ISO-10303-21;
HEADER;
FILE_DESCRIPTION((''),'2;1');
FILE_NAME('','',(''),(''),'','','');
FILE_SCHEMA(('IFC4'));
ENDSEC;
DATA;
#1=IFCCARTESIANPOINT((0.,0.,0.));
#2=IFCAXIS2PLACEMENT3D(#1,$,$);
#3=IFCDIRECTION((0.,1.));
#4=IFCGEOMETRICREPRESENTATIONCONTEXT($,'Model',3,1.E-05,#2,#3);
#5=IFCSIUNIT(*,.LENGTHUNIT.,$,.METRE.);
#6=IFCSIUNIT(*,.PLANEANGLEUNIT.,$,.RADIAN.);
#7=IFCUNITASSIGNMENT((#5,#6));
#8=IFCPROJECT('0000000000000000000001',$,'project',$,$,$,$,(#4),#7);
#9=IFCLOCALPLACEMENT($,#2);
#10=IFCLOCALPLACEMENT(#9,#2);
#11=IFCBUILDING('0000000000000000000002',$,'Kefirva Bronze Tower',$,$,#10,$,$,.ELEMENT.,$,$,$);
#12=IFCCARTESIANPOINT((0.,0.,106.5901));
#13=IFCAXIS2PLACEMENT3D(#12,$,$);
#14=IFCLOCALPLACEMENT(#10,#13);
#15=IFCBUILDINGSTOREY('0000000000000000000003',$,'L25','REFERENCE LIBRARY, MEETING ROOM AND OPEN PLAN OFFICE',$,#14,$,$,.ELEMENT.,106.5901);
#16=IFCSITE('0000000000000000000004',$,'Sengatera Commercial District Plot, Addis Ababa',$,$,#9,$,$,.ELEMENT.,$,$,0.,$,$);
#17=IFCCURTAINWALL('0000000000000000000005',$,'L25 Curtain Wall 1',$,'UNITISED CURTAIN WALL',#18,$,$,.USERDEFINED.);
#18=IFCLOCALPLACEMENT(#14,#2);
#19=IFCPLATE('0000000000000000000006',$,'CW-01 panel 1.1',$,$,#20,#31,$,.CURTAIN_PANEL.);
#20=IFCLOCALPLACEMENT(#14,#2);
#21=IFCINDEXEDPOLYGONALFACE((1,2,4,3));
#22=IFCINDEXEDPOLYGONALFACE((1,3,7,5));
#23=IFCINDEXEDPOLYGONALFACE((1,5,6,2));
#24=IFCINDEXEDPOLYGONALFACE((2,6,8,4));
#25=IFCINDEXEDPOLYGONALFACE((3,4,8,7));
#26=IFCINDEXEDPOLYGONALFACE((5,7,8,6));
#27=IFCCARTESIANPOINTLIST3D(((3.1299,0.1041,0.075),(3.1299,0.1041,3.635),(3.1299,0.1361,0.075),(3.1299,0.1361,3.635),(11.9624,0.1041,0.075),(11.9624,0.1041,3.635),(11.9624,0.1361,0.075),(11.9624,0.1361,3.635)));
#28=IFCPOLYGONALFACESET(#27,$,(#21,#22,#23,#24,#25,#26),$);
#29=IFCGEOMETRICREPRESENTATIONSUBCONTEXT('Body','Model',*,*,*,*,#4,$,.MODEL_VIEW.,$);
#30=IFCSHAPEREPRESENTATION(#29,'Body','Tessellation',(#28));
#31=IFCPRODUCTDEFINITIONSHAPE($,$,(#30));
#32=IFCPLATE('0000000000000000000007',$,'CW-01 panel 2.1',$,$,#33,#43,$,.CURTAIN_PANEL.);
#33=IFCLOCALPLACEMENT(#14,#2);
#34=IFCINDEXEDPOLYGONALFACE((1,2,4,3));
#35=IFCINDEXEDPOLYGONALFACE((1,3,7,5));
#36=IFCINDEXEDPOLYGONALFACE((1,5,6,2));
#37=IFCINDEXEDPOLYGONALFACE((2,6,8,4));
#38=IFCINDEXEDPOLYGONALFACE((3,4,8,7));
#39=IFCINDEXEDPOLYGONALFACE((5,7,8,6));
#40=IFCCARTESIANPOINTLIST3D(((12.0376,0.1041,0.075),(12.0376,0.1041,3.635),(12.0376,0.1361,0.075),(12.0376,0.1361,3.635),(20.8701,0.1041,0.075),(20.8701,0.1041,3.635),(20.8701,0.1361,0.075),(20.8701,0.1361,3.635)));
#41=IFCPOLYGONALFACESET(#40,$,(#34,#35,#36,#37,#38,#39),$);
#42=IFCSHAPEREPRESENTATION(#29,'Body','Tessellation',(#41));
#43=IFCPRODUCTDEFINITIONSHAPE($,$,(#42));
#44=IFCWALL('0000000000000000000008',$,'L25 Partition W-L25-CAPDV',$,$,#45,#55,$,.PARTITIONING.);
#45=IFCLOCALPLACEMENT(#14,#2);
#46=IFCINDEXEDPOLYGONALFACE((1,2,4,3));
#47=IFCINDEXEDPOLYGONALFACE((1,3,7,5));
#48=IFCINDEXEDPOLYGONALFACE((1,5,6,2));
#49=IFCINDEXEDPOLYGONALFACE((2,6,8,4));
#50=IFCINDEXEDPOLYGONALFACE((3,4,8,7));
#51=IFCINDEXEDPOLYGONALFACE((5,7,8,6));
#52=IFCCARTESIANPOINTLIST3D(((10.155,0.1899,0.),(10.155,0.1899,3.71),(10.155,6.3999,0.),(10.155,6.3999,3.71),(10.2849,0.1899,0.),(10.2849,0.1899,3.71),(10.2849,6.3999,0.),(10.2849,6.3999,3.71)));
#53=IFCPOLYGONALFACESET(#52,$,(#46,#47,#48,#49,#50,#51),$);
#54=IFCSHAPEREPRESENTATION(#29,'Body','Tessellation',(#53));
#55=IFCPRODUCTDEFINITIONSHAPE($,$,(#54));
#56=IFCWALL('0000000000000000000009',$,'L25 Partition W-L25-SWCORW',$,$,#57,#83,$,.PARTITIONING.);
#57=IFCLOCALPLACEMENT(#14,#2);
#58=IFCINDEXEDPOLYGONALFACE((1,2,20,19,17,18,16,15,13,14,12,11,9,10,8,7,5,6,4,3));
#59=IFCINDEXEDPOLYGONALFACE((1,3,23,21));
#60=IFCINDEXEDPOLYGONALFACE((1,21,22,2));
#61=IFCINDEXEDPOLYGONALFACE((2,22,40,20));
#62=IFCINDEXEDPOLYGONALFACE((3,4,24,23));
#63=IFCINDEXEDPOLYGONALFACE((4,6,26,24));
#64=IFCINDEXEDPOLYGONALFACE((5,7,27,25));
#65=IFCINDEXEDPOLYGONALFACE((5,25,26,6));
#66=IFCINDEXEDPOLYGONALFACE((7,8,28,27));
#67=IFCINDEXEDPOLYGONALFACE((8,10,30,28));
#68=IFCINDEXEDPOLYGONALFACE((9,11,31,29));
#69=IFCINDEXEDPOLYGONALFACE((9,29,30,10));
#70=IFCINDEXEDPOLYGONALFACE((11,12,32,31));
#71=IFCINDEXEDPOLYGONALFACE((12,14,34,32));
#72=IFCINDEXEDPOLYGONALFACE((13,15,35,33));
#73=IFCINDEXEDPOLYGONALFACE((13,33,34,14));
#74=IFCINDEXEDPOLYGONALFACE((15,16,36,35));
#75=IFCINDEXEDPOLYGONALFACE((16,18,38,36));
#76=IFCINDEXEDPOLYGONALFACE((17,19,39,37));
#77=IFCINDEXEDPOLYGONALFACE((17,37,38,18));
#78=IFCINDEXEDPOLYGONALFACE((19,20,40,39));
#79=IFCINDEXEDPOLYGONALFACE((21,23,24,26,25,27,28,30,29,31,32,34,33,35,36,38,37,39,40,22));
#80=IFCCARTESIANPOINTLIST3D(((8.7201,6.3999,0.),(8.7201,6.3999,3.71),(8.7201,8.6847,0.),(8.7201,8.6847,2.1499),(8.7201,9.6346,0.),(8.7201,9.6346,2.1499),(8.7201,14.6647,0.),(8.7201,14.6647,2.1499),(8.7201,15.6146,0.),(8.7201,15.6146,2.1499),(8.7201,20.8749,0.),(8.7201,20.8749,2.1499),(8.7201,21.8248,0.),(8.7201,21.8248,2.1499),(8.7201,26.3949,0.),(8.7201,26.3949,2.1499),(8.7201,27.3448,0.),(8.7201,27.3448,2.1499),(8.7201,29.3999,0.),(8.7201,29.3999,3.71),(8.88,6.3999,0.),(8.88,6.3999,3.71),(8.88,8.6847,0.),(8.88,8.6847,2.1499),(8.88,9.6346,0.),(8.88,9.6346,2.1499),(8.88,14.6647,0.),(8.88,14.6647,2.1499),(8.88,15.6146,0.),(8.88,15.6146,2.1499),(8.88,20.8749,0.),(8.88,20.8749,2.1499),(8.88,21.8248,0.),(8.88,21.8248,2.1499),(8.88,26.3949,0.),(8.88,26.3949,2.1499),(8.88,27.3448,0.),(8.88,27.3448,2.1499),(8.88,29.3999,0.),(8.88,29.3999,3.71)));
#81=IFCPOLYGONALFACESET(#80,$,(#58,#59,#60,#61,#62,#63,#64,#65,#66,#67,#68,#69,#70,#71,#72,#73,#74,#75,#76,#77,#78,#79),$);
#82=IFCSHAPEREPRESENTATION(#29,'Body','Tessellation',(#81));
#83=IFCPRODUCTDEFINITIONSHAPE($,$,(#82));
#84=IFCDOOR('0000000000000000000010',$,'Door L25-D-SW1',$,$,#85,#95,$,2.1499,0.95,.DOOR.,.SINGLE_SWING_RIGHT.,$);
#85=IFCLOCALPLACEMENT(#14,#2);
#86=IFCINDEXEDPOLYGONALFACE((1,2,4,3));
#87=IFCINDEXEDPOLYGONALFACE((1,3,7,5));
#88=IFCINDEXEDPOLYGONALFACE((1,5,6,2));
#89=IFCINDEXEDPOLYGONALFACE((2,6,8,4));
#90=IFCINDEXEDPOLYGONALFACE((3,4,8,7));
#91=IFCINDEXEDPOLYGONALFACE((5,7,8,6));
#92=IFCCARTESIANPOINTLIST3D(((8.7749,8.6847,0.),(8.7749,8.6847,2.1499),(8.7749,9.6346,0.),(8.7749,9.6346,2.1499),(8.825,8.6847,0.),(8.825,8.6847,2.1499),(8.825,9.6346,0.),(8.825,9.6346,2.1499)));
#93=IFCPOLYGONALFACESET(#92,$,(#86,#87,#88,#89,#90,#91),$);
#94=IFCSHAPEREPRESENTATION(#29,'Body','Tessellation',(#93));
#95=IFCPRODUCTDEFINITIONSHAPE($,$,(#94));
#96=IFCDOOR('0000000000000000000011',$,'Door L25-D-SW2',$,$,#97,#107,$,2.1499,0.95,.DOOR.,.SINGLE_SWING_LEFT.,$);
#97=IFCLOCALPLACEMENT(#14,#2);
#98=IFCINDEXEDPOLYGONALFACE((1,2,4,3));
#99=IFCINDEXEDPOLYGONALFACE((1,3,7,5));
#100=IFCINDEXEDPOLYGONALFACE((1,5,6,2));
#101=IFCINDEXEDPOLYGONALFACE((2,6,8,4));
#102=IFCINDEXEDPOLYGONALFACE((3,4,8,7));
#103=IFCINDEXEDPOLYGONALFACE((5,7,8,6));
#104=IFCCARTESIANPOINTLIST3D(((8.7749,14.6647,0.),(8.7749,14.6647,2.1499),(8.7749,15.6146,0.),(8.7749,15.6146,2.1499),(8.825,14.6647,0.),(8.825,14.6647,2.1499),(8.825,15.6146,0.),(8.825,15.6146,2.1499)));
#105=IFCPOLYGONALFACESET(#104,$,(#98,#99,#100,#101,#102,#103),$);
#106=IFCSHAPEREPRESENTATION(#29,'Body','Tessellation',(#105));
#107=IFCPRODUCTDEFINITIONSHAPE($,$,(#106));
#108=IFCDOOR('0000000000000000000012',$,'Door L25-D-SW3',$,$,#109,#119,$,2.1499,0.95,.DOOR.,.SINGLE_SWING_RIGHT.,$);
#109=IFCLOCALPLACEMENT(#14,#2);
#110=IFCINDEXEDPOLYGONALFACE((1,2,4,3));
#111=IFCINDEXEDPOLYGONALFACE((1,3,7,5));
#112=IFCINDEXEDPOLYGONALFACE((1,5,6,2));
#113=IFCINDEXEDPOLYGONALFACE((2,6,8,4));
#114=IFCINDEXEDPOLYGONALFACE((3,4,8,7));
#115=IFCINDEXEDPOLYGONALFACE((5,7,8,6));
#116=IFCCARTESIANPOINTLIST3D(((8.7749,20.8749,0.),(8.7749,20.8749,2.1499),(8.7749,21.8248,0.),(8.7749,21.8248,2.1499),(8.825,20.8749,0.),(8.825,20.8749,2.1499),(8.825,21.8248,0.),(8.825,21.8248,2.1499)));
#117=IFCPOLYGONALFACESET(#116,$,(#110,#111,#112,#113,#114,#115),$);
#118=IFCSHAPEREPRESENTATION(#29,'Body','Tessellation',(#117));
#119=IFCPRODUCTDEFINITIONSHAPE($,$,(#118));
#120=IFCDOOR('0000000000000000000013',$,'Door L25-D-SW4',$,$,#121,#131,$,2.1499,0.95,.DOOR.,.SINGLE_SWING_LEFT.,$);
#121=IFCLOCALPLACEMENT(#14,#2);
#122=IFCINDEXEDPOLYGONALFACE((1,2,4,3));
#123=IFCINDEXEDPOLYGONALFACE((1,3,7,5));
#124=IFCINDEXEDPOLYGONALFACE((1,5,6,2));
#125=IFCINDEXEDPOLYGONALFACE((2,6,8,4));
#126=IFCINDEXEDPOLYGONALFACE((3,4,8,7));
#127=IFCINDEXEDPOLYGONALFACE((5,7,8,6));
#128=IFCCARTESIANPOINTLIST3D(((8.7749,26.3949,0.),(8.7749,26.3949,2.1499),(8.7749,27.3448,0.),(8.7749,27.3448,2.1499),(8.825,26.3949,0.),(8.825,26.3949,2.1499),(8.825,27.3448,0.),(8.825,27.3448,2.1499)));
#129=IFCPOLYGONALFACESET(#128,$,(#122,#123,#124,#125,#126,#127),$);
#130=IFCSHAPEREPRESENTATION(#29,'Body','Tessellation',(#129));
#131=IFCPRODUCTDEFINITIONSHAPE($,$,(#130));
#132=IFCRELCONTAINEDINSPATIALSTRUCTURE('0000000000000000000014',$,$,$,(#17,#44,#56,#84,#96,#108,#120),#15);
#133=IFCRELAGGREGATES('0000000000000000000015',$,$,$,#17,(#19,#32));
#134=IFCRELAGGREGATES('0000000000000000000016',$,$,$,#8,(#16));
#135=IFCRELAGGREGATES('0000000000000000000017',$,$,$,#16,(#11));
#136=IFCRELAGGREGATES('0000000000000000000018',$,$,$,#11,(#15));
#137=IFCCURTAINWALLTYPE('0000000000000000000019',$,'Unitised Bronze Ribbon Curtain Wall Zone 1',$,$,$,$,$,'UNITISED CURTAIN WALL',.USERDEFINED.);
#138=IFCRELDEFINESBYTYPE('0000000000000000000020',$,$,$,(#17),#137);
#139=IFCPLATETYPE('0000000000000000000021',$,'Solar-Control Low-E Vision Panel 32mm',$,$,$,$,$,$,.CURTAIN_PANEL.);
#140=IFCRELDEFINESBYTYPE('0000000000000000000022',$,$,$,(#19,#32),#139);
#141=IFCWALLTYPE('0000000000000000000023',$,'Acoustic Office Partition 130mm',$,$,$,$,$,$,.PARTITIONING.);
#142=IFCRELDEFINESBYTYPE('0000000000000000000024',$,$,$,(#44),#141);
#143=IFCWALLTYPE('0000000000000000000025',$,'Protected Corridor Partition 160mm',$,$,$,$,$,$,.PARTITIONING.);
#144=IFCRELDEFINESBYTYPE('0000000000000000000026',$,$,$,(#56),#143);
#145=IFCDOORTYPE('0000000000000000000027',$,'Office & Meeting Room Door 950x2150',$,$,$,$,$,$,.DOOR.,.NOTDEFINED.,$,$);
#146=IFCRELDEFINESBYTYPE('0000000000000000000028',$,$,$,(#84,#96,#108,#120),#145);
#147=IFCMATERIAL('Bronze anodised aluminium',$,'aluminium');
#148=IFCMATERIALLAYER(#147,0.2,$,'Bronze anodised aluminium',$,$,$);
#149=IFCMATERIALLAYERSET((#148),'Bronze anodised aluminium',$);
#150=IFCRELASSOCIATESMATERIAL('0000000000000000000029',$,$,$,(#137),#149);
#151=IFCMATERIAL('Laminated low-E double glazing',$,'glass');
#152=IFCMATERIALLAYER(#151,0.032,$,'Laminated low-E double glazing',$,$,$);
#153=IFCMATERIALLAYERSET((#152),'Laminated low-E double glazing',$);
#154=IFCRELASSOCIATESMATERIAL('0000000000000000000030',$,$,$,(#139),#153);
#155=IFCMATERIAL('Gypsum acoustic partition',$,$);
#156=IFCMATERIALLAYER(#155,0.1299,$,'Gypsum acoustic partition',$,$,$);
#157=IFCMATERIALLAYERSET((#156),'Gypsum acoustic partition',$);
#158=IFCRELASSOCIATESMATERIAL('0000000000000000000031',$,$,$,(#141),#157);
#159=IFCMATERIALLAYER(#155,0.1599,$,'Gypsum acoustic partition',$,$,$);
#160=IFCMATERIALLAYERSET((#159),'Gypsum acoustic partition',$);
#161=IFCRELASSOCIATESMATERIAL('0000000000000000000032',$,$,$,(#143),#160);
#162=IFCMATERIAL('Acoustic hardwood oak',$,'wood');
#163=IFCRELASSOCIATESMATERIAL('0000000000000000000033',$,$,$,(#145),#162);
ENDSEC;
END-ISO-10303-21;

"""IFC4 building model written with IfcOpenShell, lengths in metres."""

from ifc_helpers import new_model, si_unit, direction, frame, frame_2d, origin, origin_2d, place, context, subcontext, project, spatial, rectangle, extrude, material, layer, layer_set, type_object, element, fill, aggregate, save


model = new_model("IFC4")

# Units and contexts
model_context = context("Model", 3, precision=1e-05, world=origin(), true_north=direction((0.0, 1.0)))
body_context = subcontext(model_context, "Body", "Model", "MODEL_VIEW")
ifc_project = project(units=[si_unit("LENGTHUNIT", "METRE"), si_unit("PLANEANGLEUNIT", "RADIAN")], contexts=[model_context])

# Site, building, storey
site_placement = place(None, origin())
site = spatial("IfcSite", under=ifc_project, at=site_placement, Name="Sengatera Commercial District Plot, Addis Ababa", CompositionType="ELEMENT", RefElevation=0.0)
building_placement = place(site_placement, origin())
building = spatial("IfcBuilding", under=site, at=building_placement, Name="Kefirva Bronze Tower", CompositionType="ELEMENT")
storey_placement = place(building_placement, frame((0.0, 0.0, 106.5901)))
storey = spatial("IfcBuildingStorey", under=building, at=storey_placement, Name="L25", Description="REFERENCE LIBRARY, MEETING ROOM AND OPEN PLAN OFFICE", CompositionType="ELEMENT", Elevation=106.5901)

# Curtain wall
ifc_material_1 = material(Name="Bronze anodised aluminium", Category="aluminium")
ifc_layer_1 = layer(ifc_material_1, 0.2, Name="Bronze anodised aluminium")
ifc_layer_set_1 = layer_set([ifc_layer_1], Name="Bronze anodised aluminium")
curtain_wall_type = type_object("IfcCurtainWallType", Name="Unitised Bronze Ribbon Curtain Wall Zone 1", ElementType="UNITISED CURTAIN WALL", PredefinedType="USERDEFINED", material=ifc_layer_set_1)
curtain_wall_placement = place(storey_placement, origin())
curtain_wall = element("IfcCurtainWall", 1, at=curtain_wall_placement, inside=storey, type_object=curtain_wall_type, Name="L25 Curtain Wall 1", ObjectType="UNITISED CURTAIN WALL", PredefinedType="USERDEFINED")

# Plates
ifc_material_2 = material(Name="Laminated low-E double glazing", Category="glass")
ifc_layer_2 = layer(ifc_material_2, 0.032, Name="Laminated low-E double glazing")
ifc_layer_set_2 = layer_set([ifc_layer_2], Name="Laminated low-E double glazing")
plate_type = type_object("IfcPlateType", Name="Solar-Control Low-E Vision Panel 32mm", PredefinedType="CURTAIN_PANEL", material=ifc_layer_set_2)
plate_1_placement = place(storey_placement, frame((7.5461, 0.1201, 0.075), z_axis=(0.0, 0.0, 1.0), x_axis=(1.0, 0.0, 0.0)))
plate_1 = element("IfcPlate", 2, at=plate_1_placement, type_object=plate_type, Name="CW-01 panel 1.1", PredefinedType="CURTAIN_PANEL", context=body_context, shape_type="SweptSolid", body=[
    extrude(rectangle(XDim=8.8325, YDim=0.032, at=origin_2d()), origin(), (0.0, 0.0, 1.0), 3.5601),
])
plate_2_placement = place(storey_placement, frame((16.4539, 0.1201, 0.075), z_axis=(0.0, 0.0, 1.0), x_axis=(1.0, 0.0, 0.0)))
plate_2 = element("IfcPlate", 3, at=plate_2_placement, type_object=plate_type, Name="CW-01 panel 2.1", PredefinedType="CURTAIN_PANEL", context=body_context, shape_type="SweptSolid", body=[
    extrude(rectangle(XDim=8.8325, YDim=0.032, at=origin_2d()), origin(), (0.0, 0.0, 1.0), 3.5601),
])
aggregate(curtain_wall, [plate_1, plate_2])

# Wall
ifc_material_3 = material(Name="Gypsum acoustic partition")
ifc_layer_3 = layer(ifc_material_3, 0.1299, Name="Gypsum acoustic partition")
ifc_layer_set_3 = layer_set([ifc_layer_3], Name="Gypsum acoustic partition")
wall_type_1 = type_object("IfcWallType", Name="Acoustic Office Partition 130mm", PredefinedType="PARTITIONING", material=ifc_layer_set_3)
wall_1_placement = place(storey_placement, frame((10.22, 0.1899, 0.0), z_axis=(0.0, 0.0, 1.0), x_axis=(0.0, 1.0, 0.0)))
element("IfcWall", 4, at=wall_1_placement, inside=storey, type_object=wall_type_1, Name="L25 Partition W-L25-CAPDV", PredefinedType="PARTITIONING", context=body_context, shape_type="SweptSolid", body=[
    extrude(rectangle(XDim=6.21, YDim=0.1299, at=frame_2d((3.105, 0.0))), origin(), (0.0, 0.0, 1.0), 3.71),
])

# Wall, openings, doors
ifc_layer_4 = layer(ifc_material_3, 0.1599, Name="Gypsum acoustic partition")
ifc_layer_set_4 = layer_set([ifc_layer_4], Name="Gypsum acoustic partition")
wall_type_2 = type_object("IfcWallType", Name="Protected Corridor Partition 160mm", PredefinedType="PARTITIONING", material=ifc_layer_set_4)
wall_2_placement = place(storey_placement, frame((8.8, 6.3999, 0.0), z_axis=(0.0, 0.0, 1.0), x_axis=(0.0, 1.0, 0.0)))
wall_2 = element("IfcWall", 5, at=wall_2_placement, inside=storey, type_object=wall_type_2, Name="L25 Partition W-L25-SWCORW", PredefinedType="PARTITIONING", context=body_context, shape_type="SweptSolid", body=[
    extrude(rectangle(XDim=23.0, YDim=0.1599, at=frame_2d((11.5, 0.0))), origin(), (0.0, 0.0, 1.0), 3.71),
])
opening_1_placement = place(wall_2_placement, frame((3.2349, 0.0, 0.0), z_axis=(0.0, 0.0, 1.0), x_axis=(-1.0, 0.0, 0.0)))
opening_1 = element("IfcOpeningElement", 6, at=opening_1_placement, cuts=wall_2, PredefinedType="OPENING", context=body_context, shape_type="SweptSolid", body=[
    extrude(rectangle(XDim=0.95, YDim=2.1499, at=frame_2d((0.4751, 1.075))), frame((0.0, 0.0898, 0.0), z_axis=(0.0, -1.0, 0.0), x_axis=(1.0, 0.0, 0.0)), (0.0, 0.0, 1.0), 0.1799),
])
opening_2_placement = place(wall_2_placement, frame((9.2148, 0.0, 0.0), z_axis=(0.0, 0.0, 1.0), x_axis=(-1.0, 0.0, 0.0)))
opening_2 = element("IfcOpeningElement", 7, at=opening_2_placement, cuts=wall_2, PredefinedType="OPENING", context=body_context, shape_type="SweptSolid", body=[
    extrude(rectangle(XDim=0.95, YDim=2.1499, at=frame_2d((0.4751, 1.075))), frame((0.0, 0.0898, 0.0), z_axis=(0.0, -1.0, 0.0), x_axis=(1.0, 0.0, 0.0)), (0.0, 0.0, 1.0), 0.1799),
])
opening_3_placement = place(wall_2_placement, frame((15.425, 0.0, 0.0), z_axis=(0.0, 0.0, 1.0), x_axis=(-1.0, 0.0, 0.0)))
opening_3 = element("IfcOpeningElement", 8, at=opening_3_placement, cuts=wall_2, PredefinedType="OPENING", context=body_context, shape_type="SweptSolid", body=[
    extrude(rectangle(XDim=0.95, YDim=2.1499, at=frame_2d((0.4751, 1.075))), frame((0.0, 0.0898, 0.0), z_axis=(0.0, -1.0, 0.0), x_axis=(1.0, 0.0, 0.0)), (0.0, 0.0, 1.0), 0.1799),
])
opening_4_placement = place(wall_2_placement, frame((20.9451, 0.0, 0.0), z_axis=(0.0, 0.0, 1.0), x_axis=(-1.0, 0.0, 0.0)))
opening_4 = element("IfcOpeningElement", 9, at=opening_4_placement, cuts=wall_2, PredefinedType="OPENING", context=body_context, shape_type="SweptSolid", body=[
    extrude(rectangle(XDim=0.95, YDim=2.1499, at=frame_2d((0.4751, 1.075))), frame((0.0, 0.0898, 0.0), z_axis=(0.0, -1.0, 0.0), x_axis=(1.0, 0.0, 0.0)), (0.0, 0.0, 1.0), 0.1799),
])
ifc_material_4 = material(Name="Acoustic hardwood oak", Category="wood")
door_type = type_object("IfcDoorType", Name="Office & Meeting Room Door 950x2150", OperationType="NOTDEFINED", PredefinedType="DOOR", material=ifc_material_4)
door_1_placement = place(opening_1_placement, origin())
door_1 = element("IfcDoor", 10, at=door_1_placement, inside=storey, type_object=door_type, Name="Door L25-D-SW1", OperationType="SINGLE_SWING_RIGHT", OverallHeight=2.1499, OverallWidth=0.95, PredefinedType="DOOR", context=body_context, shape_type="SweptSolid", body=[
    extrude(rectangle(XDim=0.95, YDim=2.1499, at=frame_2d((0.4751, 1.075))), frame((0.0, 0.0249, 0.0), z_axis=(0.0, -1.0, 0.0), x_axis=(1.0, 0.0, 0.0)), (0.0, 0.0, 1.0), 0.05),
])
fill(opening_1, door_1)
door_2_placement = place(opening_2_placement, origin())
door_2 = element("IfcDoor", 11, at=door_2_placement, inside=storey, type_object=door_type, Name="Door L25-D-SW2", OperationType="SINGLE_SWING_LEFT", OverallHeight=2.1499, OverallWidth=0.95, PredefinedType="DOOR", context=body_context, shape_type="SweptSolid", body=[
    extrude(rectangle(XDim=0.95, YDim=2.1499, at=frame_2d((0.4751, 1.075))), frame((0.0, 0.0249, 0.0), z_axis=(0.0, -1.0, 0.0), x_axis=(1.0, 0.0, 0.0)), (0.0, 0.0, 1.0), 0.05),
])
fill(opening_2, door_2)
door_3_placement = place(opening_3_placement, origin())
door_3 = element("IfcDoor", 12, at=door_3_placement, inside=storey, type_object=door_type, Name="Door L25-D-SW3", OperationType="SINGLE_SWING_RIGHT", OverallHeight=2.1499, OverallWidth=0.95, PredefinedType="DOOR", context=body_context, shape_type="SweptSolid", body=[
    extrude(rectangle(XDim=0.95, YDim=2.1499, at=frame_2d((0.4751, 1.075))), frame((0.0, 0.0249, 0.0), z_axis=(0.0, -1.0, 0.0), x_axis=(1.0, 0.0, 0.0)), (0.0, 0.0, 1.0), 0.05),
])
fill(opening_3, door_3)
door_4_placement = place(opening_4_placement, origin())
door_4 = element("IfcDoor", 13, at=door_4_placement, inside=storey, type_object=door_type, Name="Door L25-D-SW4", OperationType="SINGLE_SWING_LEFT", OverallHeight=2.1499, OverallWidth=0.95, PredefinedType="DOOR", context=body_context, shape_type="SweptSolid", body=[
    extrude(rectangle(XDim=0.95, YDim=2.1499, at=frame_2d((0.4751, 1.075))), frame((0.0, 0.0249, 0.0), z_axis=(0.0, -1.0, 0.0), x_axis=(1.0, 0.0, 0.0)), (0.0, 0.0, 1.0), 0.05),
])
fill(opening_4, door_4)

save(model, "model.ifc")
